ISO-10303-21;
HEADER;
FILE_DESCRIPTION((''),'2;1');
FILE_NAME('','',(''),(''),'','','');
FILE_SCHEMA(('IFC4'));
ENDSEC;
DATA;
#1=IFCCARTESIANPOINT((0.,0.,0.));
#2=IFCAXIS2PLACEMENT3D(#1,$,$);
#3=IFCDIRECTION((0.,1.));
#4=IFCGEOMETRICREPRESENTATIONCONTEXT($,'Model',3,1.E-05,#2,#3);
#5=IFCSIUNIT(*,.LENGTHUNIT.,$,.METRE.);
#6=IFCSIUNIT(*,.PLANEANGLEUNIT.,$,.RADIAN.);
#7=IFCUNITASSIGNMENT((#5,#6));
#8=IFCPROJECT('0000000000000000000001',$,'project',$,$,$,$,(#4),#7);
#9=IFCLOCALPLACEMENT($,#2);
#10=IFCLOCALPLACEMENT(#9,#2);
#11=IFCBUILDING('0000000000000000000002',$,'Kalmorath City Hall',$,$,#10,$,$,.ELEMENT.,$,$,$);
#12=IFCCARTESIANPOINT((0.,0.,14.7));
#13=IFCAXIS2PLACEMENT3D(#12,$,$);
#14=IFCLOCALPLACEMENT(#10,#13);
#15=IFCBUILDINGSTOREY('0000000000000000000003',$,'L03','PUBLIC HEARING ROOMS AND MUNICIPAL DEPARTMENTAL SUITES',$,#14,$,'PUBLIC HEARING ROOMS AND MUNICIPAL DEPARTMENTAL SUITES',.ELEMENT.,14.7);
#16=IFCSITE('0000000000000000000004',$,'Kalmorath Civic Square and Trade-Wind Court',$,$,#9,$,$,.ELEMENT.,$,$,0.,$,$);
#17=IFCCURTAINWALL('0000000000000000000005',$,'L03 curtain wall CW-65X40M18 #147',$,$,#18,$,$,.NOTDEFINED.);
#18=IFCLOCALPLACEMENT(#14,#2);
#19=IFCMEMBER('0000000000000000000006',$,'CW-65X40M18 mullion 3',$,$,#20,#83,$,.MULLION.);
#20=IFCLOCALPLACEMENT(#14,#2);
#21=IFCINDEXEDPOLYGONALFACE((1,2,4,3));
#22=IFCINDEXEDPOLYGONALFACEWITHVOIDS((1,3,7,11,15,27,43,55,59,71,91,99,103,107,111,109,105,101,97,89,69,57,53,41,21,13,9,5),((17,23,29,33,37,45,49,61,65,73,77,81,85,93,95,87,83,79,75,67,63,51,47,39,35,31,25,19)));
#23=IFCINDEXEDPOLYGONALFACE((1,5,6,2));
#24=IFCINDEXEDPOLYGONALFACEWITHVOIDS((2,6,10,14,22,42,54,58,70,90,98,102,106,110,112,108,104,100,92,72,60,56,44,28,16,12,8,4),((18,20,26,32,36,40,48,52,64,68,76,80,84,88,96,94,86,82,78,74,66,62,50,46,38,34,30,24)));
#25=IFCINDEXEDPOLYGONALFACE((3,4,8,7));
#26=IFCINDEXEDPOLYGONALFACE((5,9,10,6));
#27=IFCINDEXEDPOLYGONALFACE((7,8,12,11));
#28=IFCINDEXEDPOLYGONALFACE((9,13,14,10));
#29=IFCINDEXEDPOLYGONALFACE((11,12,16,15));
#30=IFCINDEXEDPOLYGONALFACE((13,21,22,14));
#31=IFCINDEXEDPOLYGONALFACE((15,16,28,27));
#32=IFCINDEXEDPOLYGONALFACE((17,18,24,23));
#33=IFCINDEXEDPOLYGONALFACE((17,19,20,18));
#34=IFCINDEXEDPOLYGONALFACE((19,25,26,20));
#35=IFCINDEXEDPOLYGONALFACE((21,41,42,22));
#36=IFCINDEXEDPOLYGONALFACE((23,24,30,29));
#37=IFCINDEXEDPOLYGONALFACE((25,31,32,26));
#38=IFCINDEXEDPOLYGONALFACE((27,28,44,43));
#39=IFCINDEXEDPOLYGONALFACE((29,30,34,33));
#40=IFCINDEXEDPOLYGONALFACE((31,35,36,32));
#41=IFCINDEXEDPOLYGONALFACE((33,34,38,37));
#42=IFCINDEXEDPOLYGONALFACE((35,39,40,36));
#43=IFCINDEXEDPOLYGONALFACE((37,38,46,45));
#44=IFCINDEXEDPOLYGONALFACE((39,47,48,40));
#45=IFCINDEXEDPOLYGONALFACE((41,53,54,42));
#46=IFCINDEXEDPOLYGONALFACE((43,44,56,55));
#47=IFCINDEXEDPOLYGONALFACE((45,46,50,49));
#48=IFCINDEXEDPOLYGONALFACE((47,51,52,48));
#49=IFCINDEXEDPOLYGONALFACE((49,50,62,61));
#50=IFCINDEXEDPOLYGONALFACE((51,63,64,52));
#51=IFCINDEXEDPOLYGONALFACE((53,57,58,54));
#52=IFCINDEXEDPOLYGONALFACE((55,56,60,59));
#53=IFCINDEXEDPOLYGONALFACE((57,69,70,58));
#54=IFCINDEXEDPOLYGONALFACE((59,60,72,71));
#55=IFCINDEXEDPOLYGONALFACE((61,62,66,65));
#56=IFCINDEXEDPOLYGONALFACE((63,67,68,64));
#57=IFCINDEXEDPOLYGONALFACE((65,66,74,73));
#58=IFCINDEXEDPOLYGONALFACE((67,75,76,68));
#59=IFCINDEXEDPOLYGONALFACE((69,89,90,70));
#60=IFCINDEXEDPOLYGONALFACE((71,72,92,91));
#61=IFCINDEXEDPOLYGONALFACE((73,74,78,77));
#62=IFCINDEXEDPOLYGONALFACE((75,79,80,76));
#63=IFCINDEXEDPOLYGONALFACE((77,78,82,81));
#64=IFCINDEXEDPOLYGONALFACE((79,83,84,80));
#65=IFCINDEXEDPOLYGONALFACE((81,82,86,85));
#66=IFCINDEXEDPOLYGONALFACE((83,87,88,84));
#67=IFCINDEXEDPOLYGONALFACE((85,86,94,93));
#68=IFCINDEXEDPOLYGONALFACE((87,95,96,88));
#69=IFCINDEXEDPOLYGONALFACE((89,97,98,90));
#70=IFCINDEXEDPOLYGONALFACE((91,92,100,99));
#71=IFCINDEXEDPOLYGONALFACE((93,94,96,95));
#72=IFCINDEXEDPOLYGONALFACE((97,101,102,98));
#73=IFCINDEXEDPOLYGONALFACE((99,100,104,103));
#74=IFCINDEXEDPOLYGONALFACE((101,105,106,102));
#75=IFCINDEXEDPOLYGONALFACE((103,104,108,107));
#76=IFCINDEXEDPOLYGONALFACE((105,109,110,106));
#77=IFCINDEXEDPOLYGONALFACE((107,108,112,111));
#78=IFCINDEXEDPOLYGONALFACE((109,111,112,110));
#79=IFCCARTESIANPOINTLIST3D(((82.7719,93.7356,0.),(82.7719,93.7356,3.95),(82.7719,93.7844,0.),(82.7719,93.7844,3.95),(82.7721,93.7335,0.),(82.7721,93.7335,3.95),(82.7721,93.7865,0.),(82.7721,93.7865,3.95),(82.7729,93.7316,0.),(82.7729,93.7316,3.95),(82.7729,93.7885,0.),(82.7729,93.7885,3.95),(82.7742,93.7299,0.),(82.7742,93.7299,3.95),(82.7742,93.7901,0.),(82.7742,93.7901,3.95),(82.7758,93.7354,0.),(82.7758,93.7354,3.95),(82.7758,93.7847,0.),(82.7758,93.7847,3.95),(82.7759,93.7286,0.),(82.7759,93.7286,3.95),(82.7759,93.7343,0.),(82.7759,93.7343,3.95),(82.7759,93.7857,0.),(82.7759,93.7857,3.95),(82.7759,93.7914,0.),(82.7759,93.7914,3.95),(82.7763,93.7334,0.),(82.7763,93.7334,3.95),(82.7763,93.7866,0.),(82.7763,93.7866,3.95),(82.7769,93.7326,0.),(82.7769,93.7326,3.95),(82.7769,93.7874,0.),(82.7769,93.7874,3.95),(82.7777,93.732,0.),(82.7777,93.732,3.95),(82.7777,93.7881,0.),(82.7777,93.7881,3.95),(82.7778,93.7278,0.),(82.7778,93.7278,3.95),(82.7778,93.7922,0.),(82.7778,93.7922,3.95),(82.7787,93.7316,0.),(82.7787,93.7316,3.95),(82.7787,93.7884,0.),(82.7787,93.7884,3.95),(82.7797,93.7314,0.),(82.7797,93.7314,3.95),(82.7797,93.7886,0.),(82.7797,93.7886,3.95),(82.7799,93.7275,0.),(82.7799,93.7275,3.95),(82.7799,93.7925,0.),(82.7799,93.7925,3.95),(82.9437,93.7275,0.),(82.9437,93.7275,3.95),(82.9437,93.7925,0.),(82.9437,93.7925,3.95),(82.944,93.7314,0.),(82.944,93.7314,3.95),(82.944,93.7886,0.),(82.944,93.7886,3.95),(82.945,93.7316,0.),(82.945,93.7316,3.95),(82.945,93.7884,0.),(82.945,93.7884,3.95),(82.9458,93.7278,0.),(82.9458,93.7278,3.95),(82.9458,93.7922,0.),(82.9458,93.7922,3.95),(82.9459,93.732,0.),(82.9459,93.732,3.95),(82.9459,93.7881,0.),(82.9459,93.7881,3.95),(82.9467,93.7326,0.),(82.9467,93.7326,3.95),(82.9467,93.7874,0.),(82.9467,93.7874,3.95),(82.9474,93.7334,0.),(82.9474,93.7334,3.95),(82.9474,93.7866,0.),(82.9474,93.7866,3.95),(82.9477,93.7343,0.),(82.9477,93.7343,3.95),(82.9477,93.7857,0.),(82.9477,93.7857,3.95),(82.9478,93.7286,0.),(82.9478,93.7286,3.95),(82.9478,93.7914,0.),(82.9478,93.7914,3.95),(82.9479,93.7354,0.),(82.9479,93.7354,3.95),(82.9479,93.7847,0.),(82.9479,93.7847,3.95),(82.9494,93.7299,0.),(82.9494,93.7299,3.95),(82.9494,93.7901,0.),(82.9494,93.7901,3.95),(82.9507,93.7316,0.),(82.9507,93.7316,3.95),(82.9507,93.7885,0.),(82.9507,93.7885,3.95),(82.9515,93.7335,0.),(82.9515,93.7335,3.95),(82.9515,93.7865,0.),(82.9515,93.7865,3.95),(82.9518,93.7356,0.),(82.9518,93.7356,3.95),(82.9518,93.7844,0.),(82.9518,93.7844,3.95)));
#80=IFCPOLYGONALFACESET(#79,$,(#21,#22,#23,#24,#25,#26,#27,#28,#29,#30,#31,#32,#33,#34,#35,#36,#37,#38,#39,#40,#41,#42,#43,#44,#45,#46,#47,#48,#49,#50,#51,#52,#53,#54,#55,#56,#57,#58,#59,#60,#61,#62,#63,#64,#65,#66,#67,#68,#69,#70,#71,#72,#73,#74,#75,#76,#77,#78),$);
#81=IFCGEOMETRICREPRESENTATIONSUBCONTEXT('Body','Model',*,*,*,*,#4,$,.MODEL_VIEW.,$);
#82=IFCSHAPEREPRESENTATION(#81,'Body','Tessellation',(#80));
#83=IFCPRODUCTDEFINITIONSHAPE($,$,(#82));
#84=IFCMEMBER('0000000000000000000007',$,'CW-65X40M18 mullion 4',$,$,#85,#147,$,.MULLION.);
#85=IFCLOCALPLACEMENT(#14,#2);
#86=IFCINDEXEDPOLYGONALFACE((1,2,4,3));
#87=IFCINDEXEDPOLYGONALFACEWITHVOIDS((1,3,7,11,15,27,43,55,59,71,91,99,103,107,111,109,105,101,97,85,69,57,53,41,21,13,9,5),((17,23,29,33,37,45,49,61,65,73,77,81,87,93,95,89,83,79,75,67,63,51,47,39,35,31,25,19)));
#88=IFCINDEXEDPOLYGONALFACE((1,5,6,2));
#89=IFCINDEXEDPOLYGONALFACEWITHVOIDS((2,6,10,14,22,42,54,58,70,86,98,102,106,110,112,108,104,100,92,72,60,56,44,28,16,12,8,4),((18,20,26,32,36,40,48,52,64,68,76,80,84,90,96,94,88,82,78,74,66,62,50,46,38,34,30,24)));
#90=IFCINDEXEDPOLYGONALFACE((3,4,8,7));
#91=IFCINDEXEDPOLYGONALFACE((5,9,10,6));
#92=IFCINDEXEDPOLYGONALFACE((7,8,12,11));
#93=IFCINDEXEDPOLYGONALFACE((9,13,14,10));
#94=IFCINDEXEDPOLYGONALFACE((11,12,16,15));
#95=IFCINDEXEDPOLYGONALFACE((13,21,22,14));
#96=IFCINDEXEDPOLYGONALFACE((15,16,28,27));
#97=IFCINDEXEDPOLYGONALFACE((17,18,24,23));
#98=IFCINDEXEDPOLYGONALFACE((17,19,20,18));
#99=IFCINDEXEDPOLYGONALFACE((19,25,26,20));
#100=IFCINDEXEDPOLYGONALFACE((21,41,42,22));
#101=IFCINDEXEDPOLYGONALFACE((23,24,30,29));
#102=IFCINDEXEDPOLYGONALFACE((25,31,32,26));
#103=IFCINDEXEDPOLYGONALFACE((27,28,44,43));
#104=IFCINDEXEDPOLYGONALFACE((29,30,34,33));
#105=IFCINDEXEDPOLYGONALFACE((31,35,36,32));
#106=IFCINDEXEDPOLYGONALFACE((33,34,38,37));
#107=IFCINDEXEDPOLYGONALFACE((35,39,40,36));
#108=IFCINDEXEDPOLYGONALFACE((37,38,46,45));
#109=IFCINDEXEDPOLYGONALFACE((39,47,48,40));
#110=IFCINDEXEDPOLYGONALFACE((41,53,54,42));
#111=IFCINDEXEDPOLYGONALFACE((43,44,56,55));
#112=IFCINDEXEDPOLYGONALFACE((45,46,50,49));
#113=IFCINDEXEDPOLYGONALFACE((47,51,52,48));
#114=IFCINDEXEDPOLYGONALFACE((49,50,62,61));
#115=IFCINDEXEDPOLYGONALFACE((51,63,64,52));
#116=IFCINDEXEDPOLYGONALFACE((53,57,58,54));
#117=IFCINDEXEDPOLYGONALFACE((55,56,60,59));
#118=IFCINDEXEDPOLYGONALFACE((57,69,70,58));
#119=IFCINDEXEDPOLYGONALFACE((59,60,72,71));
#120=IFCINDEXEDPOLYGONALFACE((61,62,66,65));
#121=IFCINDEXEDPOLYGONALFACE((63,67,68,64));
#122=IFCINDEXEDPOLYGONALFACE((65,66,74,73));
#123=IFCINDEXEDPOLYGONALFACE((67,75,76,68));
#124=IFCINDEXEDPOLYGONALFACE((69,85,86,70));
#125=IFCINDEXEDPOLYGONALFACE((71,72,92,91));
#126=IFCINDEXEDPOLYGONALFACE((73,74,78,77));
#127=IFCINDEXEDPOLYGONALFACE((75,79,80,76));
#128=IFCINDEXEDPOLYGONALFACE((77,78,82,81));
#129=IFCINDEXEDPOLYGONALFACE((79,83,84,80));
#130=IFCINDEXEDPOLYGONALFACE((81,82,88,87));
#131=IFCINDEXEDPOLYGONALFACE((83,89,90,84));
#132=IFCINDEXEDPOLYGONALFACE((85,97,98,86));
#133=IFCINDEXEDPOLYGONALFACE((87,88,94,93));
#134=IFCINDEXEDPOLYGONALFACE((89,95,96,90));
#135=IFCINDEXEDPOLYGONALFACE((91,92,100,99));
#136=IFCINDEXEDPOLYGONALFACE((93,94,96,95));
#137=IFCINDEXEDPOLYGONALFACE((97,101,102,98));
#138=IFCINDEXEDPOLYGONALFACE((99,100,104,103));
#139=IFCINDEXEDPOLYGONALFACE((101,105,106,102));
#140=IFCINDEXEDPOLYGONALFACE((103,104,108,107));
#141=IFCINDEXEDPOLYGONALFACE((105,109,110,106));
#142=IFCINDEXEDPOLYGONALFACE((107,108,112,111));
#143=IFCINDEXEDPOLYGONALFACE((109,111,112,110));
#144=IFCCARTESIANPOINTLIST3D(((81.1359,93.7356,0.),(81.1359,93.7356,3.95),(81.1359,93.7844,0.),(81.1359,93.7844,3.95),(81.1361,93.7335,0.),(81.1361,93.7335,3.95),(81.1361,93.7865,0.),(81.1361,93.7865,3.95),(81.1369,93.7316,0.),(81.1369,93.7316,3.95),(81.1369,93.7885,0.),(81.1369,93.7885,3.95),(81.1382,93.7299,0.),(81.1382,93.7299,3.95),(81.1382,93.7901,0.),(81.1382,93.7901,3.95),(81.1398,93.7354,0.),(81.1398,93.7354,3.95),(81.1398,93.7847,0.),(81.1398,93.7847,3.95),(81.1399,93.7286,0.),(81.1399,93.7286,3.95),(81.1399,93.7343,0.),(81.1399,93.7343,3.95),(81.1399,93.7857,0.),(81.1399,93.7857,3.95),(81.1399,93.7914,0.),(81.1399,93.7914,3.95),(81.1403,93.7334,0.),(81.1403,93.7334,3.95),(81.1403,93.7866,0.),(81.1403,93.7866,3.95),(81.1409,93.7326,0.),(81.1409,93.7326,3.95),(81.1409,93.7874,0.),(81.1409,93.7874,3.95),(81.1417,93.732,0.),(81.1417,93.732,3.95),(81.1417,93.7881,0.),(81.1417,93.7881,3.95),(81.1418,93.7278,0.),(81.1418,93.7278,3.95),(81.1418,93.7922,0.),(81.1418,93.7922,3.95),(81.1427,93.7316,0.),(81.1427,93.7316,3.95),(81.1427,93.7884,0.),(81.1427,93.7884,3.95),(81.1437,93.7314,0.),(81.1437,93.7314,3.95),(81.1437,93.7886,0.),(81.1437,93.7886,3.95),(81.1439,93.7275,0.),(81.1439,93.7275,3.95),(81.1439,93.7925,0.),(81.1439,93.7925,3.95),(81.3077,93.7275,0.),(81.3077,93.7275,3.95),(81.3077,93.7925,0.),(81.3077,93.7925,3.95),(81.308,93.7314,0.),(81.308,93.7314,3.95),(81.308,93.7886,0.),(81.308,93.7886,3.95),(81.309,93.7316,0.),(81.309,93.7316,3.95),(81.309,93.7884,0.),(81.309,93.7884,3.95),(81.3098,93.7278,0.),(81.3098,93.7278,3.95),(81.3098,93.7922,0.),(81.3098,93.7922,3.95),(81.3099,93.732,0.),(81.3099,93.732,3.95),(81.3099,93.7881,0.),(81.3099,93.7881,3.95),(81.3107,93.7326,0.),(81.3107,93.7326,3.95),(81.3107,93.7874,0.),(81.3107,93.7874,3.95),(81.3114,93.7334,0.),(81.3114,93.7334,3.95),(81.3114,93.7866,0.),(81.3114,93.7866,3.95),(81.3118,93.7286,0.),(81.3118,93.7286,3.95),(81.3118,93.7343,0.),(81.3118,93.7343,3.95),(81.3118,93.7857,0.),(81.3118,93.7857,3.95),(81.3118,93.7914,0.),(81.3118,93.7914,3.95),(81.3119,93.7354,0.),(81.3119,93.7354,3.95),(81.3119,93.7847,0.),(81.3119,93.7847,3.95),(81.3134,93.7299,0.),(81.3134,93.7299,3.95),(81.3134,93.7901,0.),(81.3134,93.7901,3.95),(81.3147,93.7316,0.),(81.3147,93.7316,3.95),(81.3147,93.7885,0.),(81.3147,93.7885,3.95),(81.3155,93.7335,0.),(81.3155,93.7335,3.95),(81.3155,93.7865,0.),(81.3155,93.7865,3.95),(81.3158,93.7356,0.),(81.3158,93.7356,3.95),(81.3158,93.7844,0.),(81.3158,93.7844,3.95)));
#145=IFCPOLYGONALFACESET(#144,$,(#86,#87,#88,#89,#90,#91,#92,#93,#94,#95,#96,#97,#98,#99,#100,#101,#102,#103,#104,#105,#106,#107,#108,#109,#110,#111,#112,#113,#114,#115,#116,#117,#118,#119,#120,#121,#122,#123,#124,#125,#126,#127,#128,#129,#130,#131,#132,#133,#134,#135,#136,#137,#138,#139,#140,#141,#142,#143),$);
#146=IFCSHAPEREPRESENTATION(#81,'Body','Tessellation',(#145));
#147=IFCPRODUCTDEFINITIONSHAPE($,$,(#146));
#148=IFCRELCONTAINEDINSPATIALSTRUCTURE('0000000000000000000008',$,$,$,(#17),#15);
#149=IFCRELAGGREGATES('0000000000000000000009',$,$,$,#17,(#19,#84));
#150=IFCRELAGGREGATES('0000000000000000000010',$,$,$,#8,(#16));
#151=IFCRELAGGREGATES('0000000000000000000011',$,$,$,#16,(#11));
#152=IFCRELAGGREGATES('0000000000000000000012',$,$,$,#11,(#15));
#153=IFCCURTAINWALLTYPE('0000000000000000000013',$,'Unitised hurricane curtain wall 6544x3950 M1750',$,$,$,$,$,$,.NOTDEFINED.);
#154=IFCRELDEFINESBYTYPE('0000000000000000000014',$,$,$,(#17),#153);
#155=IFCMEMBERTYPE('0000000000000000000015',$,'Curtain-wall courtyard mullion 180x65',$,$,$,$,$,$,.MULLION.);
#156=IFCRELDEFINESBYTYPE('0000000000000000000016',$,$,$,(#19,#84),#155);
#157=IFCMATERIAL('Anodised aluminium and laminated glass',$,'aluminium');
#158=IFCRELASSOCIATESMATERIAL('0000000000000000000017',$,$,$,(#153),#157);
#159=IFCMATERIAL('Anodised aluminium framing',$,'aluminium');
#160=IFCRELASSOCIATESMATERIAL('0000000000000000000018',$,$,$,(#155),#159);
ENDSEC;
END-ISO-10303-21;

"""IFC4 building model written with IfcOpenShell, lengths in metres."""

from ifc_helpers import new_model, si_unit, direction, frame, origin, origin_2d, place, context, subcontext, project, spatial, hollow_rectangle, extrude, material, material_profile, profile_set, type_object, element, aggregate, save


model = new_model("IFC4")

# Units and contexts
model_context = context("Model", 3, precision=1e-05, world=origin(), true_north=direction((0.0, 1.0)))
body_context = subcontext(model_context, "Body", "Model", "MODEL_VIEW")
ifc_project = project(units=[si_unit("LENGTHUNIT", "METRE"), si_unit("PLANEANGLEUNIT", "RADIAN")], contexts=[model_context])

# Site, building, storey
site_placement = place(None, origin())
site = spatial("IfcSite", under=ifc_project, at=site_placement, Name="Kalmorath Civic Square and Trade-Wind Court", CompositionType="ELEMENT", RefElevation=0.0)
building_placement = place(site_placement, origin())
building = spatial("IfcBuilding", under=site, at=building_placement, Name="Kalmorath City Hall", CompositionType="ELEMENT")
storey_placement = place(building_placement, frame((0.0, 0.0, 14.7)))
storey = spatial("IfcBuildingStorey", under=building, at=storey_placement, Name="L03", Description="PUBLIC HEARING ROOMS AND MUNICIPAL DEPARTMENTAL SUITES", LongName="PUBLIC HEARING ROOMS AND MUNICIPAL DEPARTMENTAL SUITES", CompositionType="ELEMENT", Elevation=14.7)

# Curtain wall, members
ifc_material_1 = material(Name="Anodised aluminium and laminated glass", Category="aluminium")
curtain_wall_type_1 = type_object("IfcCurtainWallType", Name="Unitised hurricane curtain wall 6544x3950 M1750", PredefinedType="NOTDEFINED", material=ifc_material_1)
curtain_wall_1_placement = place(storey_placement, origin())
curtain_wall_1 = element("IfcCurtainWall", 1, at=curtain_wall_1_placement, inside=storey, type_object=curtain_wall_type_1, Name="L03 curtain wall CW-65X40M18 #147", PredefinedType="NOTDEFINED")
ifc_material_2 = material(Name="Anodised aluminium framing", Category="aluminium")
ifc_material_profile_1 = material_profile(ifc_material_2, hollow_rectangle(XDim=0.0649, YDim=0.1799, WallThickness=0.0039, InnerFilletRadius=0.0039, OuterFilletRadius=0.0081, at=origin_2d()), Name="ALU-MUL-180X65X4")
ifc_profile_set_1 = profile_set([ifc_material_profile_1], Name="Anodised aluminium framing")
member_type_1 = type_object("IfcMemberType", Name="Curtain-wall courtyard mullion 180x65", PredefinedType="MULLION", material=ifc_profile_set_1)
member_1_placement = place(storey_placement, frame((82.8618, 93.76, 0.0), z_axis=(0.0, 0.0, 1.0), x_axis=(0.0, -1.0, 0.0)))
member_1 = element("IfcMember", 2, at=member_1_placement, type_object=member_type_1, Name="CW-65X40M18 mullion 3", PredefinedType="MULLION", context=body_context, shape_type="SweptSolid", body=[
    extrude(hollow_rectangle(XDim=0.0649, YDim=0.1799, WallThickness=0.0039, InnerFilletRadius=0.0039, OuterFilletRadius=0.0081, at=origin_2d()), origin(), (0.0, 0.0, 1.0), 3.95),
])
member_2_placement = place(storey_placement, frame((81.2258, 93.76, 0.0), z_axis=(0.0, 0.0, 1.0), x_axis=(0.0, -1.0, 0.0)))
member_2 = element("IfcMember", 3, at=member_2_placement, type_object=member_type_1, Name="CW-65X40M18 mullion 4", PredefinedType="MULLION", context=body_context, shape_type="SweptSolid", body=[
    extrude(hollow_rectangle(XDim=0.0649, YDim=0.1799, WallThickness=0.0039, InnerFilletRadius=0.0039, OuterFilletRadius=0.0081, at=origin_2d()), origin(), (0.0, 0.0, 1.0), 3.95),
])

aggregate(curtain_wall_1, [member_1, member_2])

save(model, "model.ifc")
